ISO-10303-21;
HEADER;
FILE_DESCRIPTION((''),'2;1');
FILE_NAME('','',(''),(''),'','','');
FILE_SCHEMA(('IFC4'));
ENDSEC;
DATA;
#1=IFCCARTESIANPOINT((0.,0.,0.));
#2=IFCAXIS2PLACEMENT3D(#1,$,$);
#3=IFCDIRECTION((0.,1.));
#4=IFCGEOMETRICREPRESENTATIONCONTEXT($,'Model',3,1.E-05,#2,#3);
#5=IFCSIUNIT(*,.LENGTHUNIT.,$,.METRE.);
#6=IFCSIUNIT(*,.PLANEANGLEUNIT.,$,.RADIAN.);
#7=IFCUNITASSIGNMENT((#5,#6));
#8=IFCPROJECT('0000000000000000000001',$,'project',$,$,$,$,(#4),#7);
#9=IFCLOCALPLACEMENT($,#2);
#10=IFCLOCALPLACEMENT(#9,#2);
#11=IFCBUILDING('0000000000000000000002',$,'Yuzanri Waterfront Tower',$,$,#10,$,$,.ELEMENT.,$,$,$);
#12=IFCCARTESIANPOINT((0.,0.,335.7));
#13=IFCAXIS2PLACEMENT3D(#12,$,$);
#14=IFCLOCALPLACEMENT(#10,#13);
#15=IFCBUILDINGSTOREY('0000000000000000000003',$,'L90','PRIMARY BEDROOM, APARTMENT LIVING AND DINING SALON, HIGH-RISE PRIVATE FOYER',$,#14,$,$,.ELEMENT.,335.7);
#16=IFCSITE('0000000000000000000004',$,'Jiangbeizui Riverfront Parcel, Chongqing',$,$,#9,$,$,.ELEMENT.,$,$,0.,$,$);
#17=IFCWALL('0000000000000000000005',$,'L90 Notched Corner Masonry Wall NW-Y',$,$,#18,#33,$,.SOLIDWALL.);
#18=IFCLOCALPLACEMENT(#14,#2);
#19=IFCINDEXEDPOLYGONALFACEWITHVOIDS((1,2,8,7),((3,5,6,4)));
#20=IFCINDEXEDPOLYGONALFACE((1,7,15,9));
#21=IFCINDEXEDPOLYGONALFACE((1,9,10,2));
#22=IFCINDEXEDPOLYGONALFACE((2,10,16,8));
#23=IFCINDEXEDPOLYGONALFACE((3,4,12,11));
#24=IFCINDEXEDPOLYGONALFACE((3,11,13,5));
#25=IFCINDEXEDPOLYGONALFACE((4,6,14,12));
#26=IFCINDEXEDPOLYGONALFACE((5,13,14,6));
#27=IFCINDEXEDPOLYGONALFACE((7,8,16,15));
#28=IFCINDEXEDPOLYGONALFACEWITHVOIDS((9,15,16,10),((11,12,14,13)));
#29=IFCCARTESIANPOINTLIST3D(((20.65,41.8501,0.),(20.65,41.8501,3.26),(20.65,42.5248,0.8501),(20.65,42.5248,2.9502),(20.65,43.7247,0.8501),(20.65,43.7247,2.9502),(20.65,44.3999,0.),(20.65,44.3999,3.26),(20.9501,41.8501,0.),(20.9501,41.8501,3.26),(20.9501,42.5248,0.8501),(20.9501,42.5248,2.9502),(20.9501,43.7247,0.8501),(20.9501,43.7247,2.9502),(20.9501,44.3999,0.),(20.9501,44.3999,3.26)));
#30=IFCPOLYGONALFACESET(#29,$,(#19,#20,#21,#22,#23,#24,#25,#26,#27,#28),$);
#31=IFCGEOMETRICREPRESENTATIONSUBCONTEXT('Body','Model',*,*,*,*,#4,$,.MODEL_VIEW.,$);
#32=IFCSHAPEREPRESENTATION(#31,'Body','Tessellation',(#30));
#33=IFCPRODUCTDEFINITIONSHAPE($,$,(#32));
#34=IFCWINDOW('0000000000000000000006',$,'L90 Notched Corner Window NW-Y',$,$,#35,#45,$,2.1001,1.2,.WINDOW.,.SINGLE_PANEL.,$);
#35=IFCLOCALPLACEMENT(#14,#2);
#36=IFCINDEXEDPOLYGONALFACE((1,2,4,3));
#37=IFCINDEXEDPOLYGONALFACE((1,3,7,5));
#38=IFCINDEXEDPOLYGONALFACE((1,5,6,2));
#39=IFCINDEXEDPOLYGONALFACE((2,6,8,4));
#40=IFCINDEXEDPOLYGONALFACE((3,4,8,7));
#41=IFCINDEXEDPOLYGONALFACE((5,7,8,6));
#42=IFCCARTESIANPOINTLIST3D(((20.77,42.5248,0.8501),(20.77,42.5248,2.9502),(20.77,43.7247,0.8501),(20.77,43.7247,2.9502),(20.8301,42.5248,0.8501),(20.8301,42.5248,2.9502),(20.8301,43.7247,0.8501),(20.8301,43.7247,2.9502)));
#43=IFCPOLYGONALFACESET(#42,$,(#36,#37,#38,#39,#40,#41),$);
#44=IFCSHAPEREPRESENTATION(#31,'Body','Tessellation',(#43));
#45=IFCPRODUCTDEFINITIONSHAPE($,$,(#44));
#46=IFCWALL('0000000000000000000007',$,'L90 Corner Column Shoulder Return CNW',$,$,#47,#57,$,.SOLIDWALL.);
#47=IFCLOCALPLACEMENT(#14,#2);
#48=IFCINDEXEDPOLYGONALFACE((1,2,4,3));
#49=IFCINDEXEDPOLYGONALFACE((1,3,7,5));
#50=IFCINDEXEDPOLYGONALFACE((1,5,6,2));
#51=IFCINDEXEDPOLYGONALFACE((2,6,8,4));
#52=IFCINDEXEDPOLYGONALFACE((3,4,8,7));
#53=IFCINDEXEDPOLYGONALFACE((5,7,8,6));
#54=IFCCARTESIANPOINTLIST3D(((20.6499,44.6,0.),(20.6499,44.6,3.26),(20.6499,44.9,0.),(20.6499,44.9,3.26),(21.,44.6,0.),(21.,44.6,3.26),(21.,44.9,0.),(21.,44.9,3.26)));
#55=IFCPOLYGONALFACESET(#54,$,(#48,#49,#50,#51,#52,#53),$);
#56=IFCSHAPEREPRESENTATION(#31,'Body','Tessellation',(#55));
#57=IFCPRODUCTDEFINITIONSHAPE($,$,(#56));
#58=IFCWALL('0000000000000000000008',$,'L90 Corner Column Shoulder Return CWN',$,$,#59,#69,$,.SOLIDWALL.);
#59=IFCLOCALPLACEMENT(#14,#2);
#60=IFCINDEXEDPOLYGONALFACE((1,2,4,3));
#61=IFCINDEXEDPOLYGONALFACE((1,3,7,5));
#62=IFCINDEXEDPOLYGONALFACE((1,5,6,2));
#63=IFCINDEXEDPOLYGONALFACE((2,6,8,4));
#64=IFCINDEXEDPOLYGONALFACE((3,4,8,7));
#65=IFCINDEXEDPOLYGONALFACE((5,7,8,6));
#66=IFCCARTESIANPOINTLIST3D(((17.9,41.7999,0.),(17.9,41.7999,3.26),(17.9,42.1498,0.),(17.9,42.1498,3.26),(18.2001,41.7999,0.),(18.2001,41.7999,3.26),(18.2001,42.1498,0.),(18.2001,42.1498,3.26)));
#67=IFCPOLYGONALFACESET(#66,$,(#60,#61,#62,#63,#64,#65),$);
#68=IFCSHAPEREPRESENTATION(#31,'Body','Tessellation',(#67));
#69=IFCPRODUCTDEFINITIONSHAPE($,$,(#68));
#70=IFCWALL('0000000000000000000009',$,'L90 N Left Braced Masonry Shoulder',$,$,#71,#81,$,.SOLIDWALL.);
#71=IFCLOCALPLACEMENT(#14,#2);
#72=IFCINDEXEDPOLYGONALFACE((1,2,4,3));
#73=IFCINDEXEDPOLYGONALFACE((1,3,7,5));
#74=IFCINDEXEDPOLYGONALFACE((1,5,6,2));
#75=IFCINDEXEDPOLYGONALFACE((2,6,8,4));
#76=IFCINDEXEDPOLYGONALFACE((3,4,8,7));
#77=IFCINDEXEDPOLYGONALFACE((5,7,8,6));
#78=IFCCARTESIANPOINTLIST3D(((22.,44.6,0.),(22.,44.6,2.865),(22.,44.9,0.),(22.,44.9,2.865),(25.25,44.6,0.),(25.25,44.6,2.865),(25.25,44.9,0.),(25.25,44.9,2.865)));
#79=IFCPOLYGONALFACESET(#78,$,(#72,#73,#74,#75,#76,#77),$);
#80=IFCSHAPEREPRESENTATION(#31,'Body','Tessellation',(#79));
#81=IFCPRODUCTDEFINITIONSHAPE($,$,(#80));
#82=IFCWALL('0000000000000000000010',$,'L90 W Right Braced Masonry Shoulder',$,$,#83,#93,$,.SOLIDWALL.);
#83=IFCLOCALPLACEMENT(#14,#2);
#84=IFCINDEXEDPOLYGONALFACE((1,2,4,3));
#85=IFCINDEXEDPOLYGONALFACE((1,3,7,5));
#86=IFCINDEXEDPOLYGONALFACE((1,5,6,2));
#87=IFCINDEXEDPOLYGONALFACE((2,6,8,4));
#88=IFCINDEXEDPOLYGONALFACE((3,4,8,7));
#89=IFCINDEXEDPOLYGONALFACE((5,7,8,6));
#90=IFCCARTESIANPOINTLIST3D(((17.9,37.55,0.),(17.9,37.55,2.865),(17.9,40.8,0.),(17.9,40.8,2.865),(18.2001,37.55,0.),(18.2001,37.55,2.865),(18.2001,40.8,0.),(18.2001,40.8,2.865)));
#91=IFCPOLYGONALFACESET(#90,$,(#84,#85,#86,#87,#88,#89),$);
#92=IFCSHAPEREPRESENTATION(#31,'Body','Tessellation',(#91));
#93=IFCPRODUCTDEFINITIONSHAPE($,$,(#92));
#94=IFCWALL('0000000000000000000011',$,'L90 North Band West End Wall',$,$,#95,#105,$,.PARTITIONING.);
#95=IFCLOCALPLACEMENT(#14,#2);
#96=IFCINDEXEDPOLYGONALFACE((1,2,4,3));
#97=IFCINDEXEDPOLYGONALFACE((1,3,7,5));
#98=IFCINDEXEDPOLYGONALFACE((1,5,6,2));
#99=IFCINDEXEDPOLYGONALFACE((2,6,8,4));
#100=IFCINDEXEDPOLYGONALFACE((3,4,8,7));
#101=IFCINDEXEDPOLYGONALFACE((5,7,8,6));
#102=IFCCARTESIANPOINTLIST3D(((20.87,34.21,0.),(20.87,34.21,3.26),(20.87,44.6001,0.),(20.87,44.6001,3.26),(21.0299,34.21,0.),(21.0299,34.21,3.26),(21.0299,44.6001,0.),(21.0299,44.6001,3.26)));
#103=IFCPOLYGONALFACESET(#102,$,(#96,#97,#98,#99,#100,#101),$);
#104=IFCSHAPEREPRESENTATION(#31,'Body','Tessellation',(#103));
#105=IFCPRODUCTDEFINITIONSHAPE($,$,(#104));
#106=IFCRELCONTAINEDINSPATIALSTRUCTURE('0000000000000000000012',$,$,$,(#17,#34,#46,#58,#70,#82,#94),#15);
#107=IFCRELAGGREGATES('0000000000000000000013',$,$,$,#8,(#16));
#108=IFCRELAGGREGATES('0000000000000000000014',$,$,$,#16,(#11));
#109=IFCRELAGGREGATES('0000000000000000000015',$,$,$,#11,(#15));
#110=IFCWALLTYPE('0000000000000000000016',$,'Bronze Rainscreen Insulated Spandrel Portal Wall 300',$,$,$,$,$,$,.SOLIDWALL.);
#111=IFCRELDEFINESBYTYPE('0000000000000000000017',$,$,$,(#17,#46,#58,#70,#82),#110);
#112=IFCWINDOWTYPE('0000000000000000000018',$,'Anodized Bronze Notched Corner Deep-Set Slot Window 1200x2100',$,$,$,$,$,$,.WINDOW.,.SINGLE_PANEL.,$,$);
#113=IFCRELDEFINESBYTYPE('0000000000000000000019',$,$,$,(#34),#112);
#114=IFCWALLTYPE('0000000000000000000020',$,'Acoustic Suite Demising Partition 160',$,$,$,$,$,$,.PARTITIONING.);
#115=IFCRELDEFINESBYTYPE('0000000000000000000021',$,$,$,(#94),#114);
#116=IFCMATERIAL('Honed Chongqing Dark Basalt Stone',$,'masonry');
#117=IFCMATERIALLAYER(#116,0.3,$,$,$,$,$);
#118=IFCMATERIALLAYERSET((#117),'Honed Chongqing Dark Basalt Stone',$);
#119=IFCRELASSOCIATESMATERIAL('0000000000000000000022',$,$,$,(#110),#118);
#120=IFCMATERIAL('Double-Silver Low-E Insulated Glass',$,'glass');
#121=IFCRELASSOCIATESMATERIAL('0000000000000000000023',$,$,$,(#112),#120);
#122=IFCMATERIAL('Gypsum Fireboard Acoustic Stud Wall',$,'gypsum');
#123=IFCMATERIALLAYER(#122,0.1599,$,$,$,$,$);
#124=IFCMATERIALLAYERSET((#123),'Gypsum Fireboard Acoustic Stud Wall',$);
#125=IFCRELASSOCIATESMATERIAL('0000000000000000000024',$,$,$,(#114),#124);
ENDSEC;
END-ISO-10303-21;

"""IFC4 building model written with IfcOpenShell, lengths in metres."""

from ifc_helpers import new_model, si_unit, direction, frame, frame_2d, origin, place, context, subcontext, project, spatial, rectangle, extrude, source, transform, mapped, material, layer, layer_set, type_object, element, fill, save


model = new_model("IFC4")

# Units and contexts
model_context = context("Model", 3, precision=1e-05, world=origin(), true_north=direction((0.0, 1.0)))
body_context = subcontext(model_context, "Body", "Model", "MODEL_VIEW")
ifc_project = project(units=[si_unit("LENGTHUNIT", "METRE"), si_unit("PLANEANGLEUNIT", "RADIAN")], contexts=[model_context])

# Site, building, storey
site_placement = place(None, origin())
site = spatial("IfcSite", under=ifc_project, at=site_placement, Name="Jiangbeizui Riverfront Parcel, Chongqing", CompositionType="ELEMENT", RefElevation=0.0)
building_placement = place(site_placement, origin())
building = spatial("IfcBuilding", under=site, at=building_placement, Name="Yuzanri Waterfront Tower", CompositionType="ELEMENT")
storey_placement = place(building_placement, frame((0.0, 0.0, 335.7)))
storey = spatial("IfcBuildingStorey", under=building, at=storey_placement, Name="L90", Description="PRIMARY BEDROOM, APARTMENT LIVING AND DINING SALON, HIGH-RISE PRIVATE FOYER", CompositionType="ELEMENT", Elevation=335.7)

# Wall, opening, window
ifc_material_1 = material(Name="Honed Chongqing Dark Basalt Stone", Category="masonry")
ifc_layer_1 = layer(ifc_material_1, 0.3)
ifc_layer_set_1 = layer_set([ifc_layer_1], Name="Honed Chongqing Dark Basalt Stone")
wall_type_1 = type_object("IfcWallType", Name="Bronze Rainscreen Insulated Spandrel Portal Wall 300", PredefinedType="SOLIDWALL", material=ifc_layer_set_1)
wall_1_placement = place(storey_placement, frame((20.8, 44.3999, 0.0), z_axis=(0.0, 0.0, 1.0), x_axis=(0.0, -1.0, 0.0)))
wall_1 = element("IfcWall", 1, at=wall_1_placement, inside=storey, type_object=wall_type_1, Name="L90 Notched Corner Masonry Wall NW-Y", PredefinedType="SOLIDWALL", context=body_context, shape_type="SweptSolid", body=[
    extrude(rectangle(XDim=2.5498, YDim=0.3, at=frame_2d((1.2749, 0.0))), origin(), (0.0, 0.0, 1.0), 3.26),
])
opening_1_placement = place(wall_1_placement, frame((0.675, 0.0, 0.8501)))
opening_1 = element("IfcOpeningElement", 2, at=opening_1_placement, cuts=wall_1, PredefinedType="OPENING", context=body_context, shape_type="SweptSolid", body=[
    extrude(rectangle(XDim=1.2, YDim=2.1001, at=frame_2d((0.6001, 1.05))), frame((0.0, 0.165, 0.0), z_axis=(0.0, -1.0, 0.0), x_axis=(1.0, 0.0, 0.0)), (0.0, 0.0, 1.0), 0.3298),
])
ifc_material_2 = material(Name="Double-Silver Low-E Insulated Glass", Category="glass")
window_type_1 = type_object("IfcWindowType", Name="Anodized Bronze Notched Corner Deep-Set Slot Window 1200x2100", PartitioningType="SINGLE_PANEL", PredefinedType="WINDOW", material=ifc_material_2)
shared_shape_1 = source(origin(), body_context, "Body", "SweptSolid", [
    extrude(rectangle(XDim=1.2, YDim=2.1001, at=frame_2d((0.6001, 1.05))), frame((0.0, 0.03, 0.0), z_axis=(0.0, -1.0, 0.0), x_axis=(1.0, 0.0, 0.0)), (0.0, 0.0, 1.0), 0.0601),
])
window_1_placement = place(opening_1_placement, origin())
window_1 = element("IfcWindow", 3, at=window_1_placement, inside=storey, type_object=window_type_1, Name="L90 Notched Corner Window NW-Y", OverallHeight=2.1001, OverallWidth=1.2, PartitioningType="SINGLE_PANEL", PredefinedType="WINDOW", context=body_context, shape_type="MappedRepresentation", body=[
    mapped(shared_shape_1, transform((0.0, 0.0, 0.0), scale=1.0)),
])
fill(opening_1, window_1)

# Walls
shared_shape_2 = source(origin(), body_context, "Body", "SweptSolid", [
    extrude(rectangle(XDim=0.3501, YDim=0.3, at=frame_2d((0.175, 0.0))), origin(), (0.0, 0.0, 1.0), 3.26),
])
wall_2_placement = place(storey_placement, frame((20.6499, 44.75, 0.0), z_axis=(0.0, 0.0, 1.0), x_axis=(1.0, 0.0, 0.0)))
element("IfcWall", 4, at=wall_2_placement, inside=storey, type_object=wall_type_1, Name="L90 Corner Column Shoulder Return CNW", PredefinedType="SOLIDWALL", context=body_context, shape_type="MappedRepresentation", body=[
    mapped(shared_shape_2, transform((0.0, 0.0, 0.0), scale=1.0)),
])
shared_shape_3 = source(origin(), body_context, "Body", "SweptSolid", [
    extrude(rectangle(XDim=0.3499, YDim=0.3, at=frame_2d((0.1748, 0.0))), origin(), (0.0, 0.0, 1.0), 3.26),
])
wall_3_placement = place(storey_placement, frame((18.05, 41.8, 0.0), z_axis=(0.0, 0.0, 1.0), x_axis=(0.0, 1.0, 0.0)))
element("IfcWall", 5, at=wall_3_placement, inside=storey, type_object=wall_type_1, Name="L90 Corner Column Shoulder Return CWN", PredefinedType="SOLIDWALL", context=body_context, shape_type="MappedRepresentation", body=[
    mapped(shared_shape_3, transform((0.0, 0.0, 0.0), scale=1.0)),
])
shared_shape_4 = source(origin(), body_context, "Body", "SweptSolid", [
    extrude(rectangle(XDim=3.25, YDim=0.3, at=frame_2d((1.625, 0.0))), origin(), (0.0, 0.0, 1.0), 2.865),
])
for number, where, z_axis, x_axis, name in (
    (6, (22.0, 44.75, 0.0), (0.0, 0.0, 1.0), (1.0, 0.0, 0.0), "L90 N Left Braced Masonry Shoulder"),
    (7, (18.05, 37.55, 0.0), (0.0, 0.0, 1.0), (0.0, 1.0, 0.0), "L90 W Right Braced Masonry Shoulder"),
):
    element("IfcWall", number, at=place(storey_placement, frame(where, z_axis=z_axis, x_axis=x_axis)), inside=storey, type_object=wall_type_1, Name=name, PredefinedType="SOLIDWALL", context=body_context, shape_type="MappedRepresentation", body=[
        mapped(shared_shape_4, transform((0.0, 0.0, 0.0), scale=1.0)),
    ])
ifc_material_3 = material(Name="Gypsum Fireboard Acoustic Stud Wall", Category="gypsum")
ifc_layer_2 = layer(ifc_material_3, 0.1599)
ifc_layer_set_2 = layer_set([ifc_layer_2], Name="Gypsum Fireboard Acoustic Stud Wall")
wall_type_2 = type_object("IfcWallType", Name="Acoustic Suite Demising Partition 160", PredefinedType="PARTITIONING", material=ifc_layer_set_2)
shared_shape_5 = source(origin(), body_context, "Body", "SweptSolid", [
    extrude(rectangle(XDim=10.3901, YDim=0.1599, at=frame_2d((5.1951, 0.0))), origin(), (0.0, 0.0, 1.0), 3.26),
])
wall_4_placement = place(storey_placement, frame((20.95, 34.21, 0.0), z_axis=(0.0, 0.0, 1.0), x_axis=(0.0, 1.0, 0.0)))
element("IfcWall", 8, at=wall_4_placement, inside=storey, type_object=wall_type_2, Name="L90 North Band West End Wall", PredefinedType="PARTITIONING", context=body_context, shape_type="MappedRepresentation", body=[
    mapped(shared_shape_5, transform((0.0, 0.0, 0.0), scale=1.0)),
])

save(model, "model.ifc")
